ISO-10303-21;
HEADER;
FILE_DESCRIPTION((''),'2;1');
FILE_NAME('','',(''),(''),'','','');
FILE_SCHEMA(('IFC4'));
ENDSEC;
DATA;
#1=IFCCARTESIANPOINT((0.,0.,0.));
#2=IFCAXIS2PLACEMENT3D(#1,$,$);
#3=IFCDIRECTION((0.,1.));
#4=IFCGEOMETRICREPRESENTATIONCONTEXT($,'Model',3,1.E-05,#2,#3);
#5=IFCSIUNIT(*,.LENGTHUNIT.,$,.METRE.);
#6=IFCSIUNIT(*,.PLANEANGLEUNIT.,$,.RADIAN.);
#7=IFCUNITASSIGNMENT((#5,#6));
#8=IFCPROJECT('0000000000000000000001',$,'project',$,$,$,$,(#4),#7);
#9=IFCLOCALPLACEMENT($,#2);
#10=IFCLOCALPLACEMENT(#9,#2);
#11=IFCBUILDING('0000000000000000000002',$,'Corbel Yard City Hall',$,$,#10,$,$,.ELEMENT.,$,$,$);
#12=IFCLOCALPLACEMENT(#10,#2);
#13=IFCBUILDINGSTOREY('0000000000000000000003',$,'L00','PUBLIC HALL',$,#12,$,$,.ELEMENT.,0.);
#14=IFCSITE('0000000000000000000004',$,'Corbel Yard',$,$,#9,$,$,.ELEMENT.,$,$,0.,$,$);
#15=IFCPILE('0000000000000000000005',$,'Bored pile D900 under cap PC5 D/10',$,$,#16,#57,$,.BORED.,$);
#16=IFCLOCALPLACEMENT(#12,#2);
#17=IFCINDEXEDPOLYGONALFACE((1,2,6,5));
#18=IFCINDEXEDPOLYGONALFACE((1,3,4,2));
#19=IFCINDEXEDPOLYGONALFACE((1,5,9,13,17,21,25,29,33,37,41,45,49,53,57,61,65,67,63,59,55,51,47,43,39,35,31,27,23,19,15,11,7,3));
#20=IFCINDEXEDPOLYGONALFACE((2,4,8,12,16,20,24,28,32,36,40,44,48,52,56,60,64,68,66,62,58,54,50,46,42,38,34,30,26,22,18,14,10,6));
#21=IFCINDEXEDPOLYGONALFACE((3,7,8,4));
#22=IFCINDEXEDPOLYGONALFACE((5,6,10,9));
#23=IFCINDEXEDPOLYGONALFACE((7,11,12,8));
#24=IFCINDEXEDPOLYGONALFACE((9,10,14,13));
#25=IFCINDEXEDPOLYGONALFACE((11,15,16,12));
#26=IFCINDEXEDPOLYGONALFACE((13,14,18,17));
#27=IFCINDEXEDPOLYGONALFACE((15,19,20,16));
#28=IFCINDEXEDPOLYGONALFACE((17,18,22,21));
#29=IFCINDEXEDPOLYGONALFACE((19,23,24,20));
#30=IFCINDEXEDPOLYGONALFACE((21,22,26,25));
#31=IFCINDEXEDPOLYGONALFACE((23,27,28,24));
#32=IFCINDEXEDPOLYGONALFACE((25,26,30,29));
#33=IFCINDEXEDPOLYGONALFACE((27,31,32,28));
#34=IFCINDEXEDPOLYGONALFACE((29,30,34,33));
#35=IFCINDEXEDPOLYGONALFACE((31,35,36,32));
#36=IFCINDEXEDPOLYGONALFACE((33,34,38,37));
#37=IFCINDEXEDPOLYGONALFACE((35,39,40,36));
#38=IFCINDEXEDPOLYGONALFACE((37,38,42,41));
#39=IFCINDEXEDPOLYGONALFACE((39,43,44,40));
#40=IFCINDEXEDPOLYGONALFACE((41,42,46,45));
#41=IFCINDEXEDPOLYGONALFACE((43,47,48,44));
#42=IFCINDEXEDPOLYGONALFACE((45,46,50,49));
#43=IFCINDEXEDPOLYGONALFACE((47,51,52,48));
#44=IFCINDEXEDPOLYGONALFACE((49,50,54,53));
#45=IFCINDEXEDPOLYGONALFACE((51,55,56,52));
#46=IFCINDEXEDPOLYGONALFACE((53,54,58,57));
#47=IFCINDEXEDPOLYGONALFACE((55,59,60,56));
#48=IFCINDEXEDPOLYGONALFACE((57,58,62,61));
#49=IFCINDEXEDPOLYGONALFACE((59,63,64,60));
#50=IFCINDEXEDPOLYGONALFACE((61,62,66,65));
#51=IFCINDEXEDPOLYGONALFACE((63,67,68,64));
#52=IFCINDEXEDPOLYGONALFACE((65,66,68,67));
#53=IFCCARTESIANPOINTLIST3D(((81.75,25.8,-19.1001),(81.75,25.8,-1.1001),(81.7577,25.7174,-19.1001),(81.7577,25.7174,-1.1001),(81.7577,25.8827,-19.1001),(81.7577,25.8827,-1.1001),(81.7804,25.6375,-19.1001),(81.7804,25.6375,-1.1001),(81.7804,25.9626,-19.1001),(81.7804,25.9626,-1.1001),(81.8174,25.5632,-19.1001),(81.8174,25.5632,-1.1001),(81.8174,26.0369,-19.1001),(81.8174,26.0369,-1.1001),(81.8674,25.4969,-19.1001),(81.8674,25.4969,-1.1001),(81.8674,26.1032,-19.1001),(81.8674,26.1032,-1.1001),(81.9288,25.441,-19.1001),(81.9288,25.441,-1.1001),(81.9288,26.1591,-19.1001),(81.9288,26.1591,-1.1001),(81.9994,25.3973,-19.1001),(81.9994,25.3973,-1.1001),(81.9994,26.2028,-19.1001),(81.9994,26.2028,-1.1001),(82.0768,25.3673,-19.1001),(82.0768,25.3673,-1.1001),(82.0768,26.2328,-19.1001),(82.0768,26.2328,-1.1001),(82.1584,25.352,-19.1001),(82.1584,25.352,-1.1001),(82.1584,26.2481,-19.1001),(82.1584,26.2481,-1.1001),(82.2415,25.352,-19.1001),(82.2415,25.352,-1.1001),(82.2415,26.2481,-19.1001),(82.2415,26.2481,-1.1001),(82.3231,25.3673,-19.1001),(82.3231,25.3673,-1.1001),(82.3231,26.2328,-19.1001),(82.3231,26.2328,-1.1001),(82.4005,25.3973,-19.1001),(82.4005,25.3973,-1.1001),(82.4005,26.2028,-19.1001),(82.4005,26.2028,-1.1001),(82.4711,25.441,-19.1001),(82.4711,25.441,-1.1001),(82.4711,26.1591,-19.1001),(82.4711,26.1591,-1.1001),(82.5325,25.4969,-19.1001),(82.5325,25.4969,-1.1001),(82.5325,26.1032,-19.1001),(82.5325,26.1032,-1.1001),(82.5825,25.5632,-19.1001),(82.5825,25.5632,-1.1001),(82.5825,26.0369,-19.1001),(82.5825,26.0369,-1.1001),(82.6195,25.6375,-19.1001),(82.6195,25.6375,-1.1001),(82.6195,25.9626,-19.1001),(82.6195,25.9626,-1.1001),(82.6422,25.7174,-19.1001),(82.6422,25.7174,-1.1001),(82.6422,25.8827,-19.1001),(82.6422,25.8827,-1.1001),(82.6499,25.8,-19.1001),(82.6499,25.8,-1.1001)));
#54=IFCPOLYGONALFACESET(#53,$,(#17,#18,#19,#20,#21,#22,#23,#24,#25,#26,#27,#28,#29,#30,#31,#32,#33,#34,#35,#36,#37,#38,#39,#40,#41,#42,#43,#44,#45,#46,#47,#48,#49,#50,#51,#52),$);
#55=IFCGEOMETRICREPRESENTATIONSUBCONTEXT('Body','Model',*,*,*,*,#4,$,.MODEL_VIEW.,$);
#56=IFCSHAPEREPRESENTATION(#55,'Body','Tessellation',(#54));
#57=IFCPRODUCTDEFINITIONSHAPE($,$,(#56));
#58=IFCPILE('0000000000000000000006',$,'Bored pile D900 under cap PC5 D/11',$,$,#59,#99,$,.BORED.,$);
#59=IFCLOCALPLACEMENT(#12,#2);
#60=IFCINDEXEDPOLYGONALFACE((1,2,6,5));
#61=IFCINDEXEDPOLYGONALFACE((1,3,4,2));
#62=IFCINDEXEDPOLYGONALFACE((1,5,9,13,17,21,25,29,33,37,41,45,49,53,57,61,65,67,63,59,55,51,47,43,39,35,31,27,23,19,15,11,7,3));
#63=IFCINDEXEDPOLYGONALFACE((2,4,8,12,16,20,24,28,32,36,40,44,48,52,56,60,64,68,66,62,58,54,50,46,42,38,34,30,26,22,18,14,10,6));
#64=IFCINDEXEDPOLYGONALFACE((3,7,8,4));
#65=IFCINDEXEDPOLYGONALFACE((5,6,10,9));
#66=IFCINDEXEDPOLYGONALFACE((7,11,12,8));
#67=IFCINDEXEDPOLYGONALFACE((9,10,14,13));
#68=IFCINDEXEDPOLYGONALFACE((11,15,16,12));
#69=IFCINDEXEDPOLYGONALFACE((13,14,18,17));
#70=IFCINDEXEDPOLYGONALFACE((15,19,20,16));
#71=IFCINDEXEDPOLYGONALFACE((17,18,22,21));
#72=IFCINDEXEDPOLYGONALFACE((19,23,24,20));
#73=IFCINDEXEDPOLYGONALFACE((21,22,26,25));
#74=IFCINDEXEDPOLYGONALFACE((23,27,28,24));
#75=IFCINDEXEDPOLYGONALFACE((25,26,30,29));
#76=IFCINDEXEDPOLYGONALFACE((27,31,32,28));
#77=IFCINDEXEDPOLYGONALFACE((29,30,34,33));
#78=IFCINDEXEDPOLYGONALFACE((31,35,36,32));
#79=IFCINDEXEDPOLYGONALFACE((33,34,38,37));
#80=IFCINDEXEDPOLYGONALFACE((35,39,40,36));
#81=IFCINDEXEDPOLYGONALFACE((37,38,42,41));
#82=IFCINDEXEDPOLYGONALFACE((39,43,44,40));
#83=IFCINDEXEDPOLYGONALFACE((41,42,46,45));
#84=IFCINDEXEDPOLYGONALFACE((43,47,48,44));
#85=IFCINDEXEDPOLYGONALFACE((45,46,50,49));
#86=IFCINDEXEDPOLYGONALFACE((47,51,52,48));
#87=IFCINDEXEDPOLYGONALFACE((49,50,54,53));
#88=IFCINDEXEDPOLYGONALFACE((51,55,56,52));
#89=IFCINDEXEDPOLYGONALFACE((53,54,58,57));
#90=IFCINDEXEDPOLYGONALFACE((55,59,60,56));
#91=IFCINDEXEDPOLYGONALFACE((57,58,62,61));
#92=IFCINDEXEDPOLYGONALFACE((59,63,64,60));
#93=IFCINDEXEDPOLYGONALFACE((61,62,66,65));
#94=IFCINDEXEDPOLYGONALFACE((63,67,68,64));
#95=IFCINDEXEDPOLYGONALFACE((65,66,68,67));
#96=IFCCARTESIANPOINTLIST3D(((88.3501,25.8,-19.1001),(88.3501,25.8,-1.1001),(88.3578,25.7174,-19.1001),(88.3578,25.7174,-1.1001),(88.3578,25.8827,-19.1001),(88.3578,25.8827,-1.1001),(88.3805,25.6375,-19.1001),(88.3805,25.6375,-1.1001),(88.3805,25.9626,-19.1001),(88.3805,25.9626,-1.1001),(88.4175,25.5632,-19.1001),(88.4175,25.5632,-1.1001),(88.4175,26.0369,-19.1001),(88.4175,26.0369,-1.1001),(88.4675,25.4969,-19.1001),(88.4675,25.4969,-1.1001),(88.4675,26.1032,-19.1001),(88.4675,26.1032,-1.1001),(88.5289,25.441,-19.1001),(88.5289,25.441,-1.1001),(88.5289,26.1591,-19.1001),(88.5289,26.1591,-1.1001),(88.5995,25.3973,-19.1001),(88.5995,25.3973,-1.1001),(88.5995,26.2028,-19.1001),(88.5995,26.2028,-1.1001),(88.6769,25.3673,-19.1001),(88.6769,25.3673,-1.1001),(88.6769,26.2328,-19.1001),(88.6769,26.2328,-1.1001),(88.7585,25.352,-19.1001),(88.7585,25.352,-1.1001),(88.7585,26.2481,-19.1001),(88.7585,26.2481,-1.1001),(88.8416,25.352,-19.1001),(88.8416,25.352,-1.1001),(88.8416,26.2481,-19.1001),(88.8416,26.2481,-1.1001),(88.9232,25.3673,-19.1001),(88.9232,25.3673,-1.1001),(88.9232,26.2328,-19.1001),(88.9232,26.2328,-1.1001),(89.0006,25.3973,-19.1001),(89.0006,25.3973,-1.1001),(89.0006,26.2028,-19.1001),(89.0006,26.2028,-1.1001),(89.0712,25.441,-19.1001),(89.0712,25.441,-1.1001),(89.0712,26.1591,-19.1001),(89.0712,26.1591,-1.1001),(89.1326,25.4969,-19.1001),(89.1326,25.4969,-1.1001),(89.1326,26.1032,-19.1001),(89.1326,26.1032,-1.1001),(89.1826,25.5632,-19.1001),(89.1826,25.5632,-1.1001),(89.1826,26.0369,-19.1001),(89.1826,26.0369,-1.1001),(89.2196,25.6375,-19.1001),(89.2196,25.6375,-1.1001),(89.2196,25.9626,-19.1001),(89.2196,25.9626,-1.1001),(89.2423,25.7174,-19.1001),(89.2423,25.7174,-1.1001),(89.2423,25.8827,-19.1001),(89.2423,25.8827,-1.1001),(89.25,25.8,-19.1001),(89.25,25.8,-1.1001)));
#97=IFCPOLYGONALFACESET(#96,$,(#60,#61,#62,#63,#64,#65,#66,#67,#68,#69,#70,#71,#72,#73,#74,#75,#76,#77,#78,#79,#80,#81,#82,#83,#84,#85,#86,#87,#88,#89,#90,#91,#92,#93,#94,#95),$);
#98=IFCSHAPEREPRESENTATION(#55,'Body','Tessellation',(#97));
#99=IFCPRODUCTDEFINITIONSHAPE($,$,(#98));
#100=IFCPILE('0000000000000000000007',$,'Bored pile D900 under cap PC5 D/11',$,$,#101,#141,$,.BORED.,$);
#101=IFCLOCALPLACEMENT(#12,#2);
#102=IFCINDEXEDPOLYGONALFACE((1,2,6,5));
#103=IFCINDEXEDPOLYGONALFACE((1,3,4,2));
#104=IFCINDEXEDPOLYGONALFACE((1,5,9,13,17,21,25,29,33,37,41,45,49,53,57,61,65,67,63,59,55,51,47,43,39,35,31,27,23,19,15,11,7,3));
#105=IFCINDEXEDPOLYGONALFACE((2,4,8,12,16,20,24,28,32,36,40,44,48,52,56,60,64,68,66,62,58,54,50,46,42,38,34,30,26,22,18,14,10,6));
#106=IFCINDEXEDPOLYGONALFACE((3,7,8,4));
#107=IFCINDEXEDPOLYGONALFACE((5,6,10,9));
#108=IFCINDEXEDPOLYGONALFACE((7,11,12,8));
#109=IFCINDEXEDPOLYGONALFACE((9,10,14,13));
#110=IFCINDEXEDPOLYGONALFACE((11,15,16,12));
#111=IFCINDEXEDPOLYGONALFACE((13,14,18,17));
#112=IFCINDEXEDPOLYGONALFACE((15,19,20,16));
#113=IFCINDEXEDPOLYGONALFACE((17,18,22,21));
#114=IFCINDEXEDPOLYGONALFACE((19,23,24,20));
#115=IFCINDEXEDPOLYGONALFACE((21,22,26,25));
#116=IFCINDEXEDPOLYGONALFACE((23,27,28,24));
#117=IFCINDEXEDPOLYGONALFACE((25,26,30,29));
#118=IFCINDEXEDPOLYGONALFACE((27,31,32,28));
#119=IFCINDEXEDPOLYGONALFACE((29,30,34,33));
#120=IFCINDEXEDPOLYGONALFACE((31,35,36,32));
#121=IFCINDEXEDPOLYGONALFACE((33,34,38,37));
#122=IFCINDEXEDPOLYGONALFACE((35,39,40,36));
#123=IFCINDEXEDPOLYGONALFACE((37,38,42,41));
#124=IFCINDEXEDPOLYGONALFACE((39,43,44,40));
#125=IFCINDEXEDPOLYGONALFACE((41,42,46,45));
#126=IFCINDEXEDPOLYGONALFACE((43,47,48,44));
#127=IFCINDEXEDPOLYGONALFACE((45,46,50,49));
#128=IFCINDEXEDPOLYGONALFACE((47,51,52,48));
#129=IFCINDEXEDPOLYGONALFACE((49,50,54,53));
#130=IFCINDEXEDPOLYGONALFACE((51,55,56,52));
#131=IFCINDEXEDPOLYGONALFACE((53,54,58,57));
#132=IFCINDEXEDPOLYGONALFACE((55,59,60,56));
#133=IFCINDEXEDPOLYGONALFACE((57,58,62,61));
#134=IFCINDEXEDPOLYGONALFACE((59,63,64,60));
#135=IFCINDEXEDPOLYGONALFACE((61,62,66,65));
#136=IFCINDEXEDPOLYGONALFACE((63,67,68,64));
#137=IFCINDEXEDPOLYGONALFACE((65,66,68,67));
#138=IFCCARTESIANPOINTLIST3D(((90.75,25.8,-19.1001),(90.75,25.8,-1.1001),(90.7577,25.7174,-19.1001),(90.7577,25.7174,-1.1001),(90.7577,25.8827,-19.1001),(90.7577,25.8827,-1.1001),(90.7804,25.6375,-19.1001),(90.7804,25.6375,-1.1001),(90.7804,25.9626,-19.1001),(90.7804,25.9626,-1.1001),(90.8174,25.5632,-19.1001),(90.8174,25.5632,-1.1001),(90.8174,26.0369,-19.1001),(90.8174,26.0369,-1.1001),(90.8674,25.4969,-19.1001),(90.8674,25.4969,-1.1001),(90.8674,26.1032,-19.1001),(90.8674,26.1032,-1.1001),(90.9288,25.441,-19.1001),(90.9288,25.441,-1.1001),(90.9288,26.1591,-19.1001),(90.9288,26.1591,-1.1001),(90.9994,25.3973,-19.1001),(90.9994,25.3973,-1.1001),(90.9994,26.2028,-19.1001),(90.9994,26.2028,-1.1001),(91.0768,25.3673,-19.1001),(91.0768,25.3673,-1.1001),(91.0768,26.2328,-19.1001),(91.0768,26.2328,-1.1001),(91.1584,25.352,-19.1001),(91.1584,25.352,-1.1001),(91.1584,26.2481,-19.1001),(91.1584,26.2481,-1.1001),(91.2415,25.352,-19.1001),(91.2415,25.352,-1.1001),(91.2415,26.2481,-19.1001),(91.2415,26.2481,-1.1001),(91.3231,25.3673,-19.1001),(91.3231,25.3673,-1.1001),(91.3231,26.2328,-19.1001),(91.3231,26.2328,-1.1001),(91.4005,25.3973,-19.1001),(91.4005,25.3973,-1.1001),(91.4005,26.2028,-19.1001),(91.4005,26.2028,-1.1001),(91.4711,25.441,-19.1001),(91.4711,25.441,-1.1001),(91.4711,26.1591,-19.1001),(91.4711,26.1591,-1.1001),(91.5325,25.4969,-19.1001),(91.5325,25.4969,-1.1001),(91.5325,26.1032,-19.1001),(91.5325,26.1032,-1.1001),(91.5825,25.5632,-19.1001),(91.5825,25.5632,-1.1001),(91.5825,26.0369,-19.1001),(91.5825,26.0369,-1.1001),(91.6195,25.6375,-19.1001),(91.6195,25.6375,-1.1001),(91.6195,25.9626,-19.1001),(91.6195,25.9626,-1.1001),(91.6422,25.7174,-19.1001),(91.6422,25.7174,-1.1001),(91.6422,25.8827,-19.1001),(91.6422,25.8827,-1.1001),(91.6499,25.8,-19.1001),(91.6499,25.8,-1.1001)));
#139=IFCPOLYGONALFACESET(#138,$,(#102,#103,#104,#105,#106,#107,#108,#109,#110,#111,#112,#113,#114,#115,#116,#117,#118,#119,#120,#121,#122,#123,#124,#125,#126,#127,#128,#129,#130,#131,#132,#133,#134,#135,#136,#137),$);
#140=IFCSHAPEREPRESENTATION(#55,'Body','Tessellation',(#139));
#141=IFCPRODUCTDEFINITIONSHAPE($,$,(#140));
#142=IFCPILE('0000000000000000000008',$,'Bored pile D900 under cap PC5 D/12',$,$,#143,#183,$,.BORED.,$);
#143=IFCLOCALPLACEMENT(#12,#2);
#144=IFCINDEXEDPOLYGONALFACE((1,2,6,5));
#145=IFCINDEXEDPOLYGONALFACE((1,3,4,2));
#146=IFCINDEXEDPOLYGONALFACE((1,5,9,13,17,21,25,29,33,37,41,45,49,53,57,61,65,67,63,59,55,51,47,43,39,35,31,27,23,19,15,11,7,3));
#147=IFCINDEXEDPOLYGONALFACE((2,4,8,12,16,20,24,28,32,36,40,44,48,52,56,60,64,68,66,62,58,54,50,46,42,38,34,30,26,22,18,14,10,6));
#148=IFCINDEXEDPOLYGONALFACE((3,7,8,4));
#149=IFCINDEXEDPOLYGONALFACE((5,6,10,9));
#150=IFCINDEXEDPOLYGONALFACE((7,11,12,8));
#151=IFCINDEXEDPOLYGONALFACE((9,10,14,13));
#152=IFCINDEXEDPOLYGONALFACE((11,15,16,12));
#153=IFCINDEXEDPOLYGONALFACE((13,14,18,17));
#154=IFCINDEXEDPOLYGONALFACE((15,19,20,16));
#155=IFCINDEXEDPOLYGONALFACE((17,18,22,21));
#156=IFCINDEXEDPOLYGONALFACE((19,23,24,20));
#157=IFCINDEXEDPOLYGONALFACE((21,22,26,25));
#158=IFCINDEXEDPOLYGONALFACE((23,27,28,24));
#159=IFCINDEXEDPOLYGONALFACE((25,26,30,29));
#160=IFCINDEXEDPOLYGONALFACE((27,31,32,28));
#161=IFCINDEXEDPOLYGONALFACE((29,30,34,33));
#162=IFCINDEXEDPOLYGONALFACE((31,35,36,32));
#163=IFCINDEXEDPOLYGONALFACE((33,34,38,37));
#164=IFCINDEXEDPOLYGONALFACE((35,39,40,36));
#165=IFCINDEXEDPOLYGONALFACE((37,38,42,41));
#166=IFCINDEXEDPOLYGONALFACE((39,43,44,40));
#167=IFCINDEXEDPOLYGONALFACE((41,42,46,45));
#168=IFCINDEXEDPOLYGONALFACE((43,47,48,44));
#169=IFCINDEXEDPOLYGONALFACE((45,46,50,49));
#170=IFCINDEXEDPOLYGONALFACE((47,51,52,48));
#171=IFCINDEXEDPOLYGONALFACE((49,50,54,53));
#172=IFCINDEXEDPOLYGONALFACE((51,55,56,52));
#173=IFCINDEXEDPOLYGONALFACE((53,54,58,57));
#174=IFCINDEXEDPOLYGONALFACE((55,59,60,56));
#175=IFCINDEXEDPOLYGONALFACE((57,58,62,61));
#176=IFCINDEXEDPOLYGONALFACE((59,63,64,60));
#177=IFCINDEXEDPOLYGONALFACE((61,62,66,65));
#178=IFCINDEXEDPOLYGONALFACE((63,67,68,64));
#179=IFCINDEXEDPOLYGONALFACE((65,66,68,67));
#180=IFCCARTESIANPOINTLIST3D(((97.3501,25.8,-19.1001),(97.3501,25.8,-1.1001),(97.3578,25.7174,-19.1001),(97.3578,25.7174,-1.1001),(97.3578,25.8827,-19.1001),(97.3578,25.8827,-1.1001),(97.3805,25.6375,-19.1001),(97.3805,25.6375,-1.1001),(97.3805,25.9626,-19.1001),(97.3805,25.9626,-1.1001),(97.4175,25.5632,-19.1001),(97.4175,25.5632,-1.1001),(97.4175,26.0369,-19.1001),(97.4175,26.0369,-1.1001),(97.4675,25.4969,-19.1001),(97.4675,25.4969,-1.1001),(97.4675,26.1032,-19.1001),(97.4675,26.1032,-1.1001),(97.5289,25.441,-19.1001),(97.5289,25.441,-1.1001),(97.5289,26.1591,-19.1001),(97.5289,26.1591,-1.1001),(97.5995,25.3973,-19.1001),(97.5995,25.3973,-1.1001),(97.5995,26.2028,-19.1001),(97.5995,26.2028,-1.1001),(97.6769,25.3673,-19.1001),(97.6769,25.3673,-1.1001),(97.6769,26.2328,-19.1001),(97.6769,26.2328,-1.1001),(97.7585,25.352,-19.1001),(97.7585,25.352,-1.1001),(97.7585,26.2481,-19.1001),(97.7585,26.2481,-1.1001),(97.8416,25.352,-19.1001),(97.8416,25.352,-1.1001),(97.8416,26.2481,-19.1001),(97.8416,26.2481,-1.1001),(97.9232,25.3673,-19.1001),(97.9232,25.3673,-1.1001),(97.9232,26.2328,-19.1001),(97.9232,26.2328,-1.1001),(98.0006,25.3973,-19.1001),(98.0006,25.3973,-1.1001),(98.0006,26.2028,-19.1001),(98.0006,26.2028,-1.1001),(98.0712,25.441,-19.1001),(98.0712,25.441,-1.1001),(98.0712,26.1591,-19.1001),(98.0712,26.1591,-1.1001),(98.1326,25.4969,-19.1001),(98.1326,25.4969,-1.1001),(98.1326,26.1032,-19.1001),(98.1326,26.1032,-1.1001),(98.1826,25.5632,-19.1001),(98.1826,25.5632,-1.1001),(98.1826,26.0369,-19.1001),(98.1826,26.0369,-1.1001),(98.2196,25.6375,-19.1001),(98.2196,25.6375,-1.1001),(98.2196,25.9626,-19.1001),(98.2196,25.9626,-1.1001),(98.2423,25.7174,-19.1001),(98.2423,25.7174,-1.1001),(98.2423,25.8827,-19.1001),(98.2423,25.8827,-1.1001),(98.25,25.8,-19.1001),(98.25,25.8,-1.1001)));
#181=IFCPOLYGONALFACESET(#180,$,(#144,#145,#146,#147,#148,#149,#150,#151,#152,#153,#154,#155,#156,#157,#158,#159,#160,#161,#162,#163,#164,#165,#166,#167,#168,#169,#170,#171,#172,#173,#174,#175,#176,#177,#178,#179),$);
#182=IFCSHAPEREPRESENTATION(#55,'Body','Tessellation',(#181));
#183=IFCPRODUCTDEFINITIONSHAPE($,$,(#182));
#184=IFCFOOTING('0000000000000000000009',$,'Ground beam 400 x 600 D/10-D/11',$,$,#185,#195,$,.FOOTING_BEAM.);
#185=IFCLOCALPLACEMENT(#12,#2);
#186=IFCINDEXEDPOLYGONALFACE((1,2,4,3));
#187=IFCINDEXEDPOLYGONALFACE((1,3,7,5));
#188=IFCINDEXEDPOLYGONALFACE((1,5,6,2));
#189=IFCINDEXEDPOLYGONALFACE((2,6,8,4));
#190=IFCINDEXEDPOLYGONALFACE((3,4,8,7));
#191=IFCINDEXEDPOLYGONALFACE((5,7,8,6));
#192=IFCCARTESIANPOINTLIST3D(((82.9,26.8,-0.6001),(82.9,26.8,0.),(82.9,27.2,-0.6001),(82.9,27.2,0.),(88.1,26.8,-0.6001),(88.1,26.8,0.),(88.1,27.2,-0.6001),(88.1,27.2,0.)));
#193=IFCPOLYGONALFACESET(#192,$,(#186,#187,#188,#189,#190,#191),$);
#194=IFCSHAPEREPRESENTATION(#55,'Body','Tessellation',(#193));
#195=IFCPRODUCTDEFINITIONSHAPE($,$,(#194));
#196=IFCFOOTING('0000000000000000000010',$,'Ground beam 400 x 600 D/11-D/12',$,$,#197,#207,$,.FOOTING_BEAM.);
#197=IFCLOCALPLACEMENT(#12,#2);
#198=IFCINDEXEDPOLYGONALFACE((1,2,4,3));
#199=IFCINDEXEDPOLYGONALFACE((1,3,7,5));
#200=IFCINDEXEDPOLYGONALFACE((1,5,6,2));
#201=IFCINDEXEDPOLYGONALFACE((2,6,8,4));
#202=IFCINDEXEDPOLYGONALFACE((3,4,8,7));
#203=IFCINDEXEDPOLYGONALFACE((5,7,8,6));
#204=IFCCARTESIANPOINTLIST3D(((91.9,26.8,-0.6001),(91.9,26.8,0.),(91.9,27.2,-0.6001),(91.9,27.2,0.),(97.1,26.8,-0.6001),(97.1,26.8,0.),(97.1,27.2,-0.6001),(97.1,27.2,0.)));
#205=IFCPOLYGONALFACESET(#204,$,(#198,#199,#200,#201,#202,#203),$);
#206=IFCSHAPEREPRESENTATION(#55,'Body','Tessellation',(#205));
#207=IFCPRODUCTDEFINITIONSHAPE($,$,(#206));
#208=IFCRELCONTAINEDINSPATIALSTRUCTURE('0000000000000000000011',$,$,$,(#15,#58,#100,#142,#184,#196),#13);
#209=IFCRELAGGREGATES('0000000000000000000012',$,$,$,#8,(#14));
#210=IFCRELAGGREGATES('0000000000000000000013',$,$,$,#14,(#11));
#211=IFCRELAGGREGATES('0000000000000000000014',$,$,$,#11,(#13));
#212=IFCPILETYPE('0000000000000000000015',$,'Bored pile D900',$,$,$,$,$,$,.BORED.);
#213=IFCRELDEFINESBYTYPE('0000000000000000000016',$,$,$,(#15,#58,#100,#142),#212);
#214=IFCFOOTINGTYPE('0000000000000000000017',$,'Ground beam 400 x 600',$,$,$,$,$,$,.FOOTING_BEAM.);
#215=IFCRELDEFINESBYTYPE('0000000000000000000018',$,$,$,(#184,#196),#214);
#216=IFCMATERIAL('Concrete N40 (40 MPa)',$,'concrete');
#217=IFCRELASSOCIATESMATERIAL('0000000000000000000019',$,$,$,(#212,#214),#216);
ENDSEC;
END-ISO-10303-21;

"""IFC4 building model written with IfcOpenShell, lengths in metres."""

from ifc_helpers import new_model, si_unit, direction, frame, origin, origin_2d, place, context, subcontext, project, spatial, rectangle, circle, extrude, material, material_profile, profile_set, type_object, element, save


model = new_model("IFC4")

# Units and contexts
model_context = context("Model", 3, precision=1e-05, world=origin(), true_north=direction((0.0, 1.0)))
body_context = subcontext(model_context, "Body", "Model", "MODEL_VIEW")
ifc_project = project(units=[si_unit("LENGTHUNIT", "METRE"), si_unit("PLANEANGLEUNIT", "RADIAN")], contexts=[model_context])

# Site, building, storey
site_placement = place(None, origin())
site = spatial("IfcSite", under=ifc_project, at=site_placement, Name="Corbel Yard", CompositionType="ELEMENT", RefElevation=0.0)
building_placement = place(site_placement, origin())
building = spatial("IfcBuilding", under=site, at=building_placement, Name="Corbel Yard City Hall", CompositionType="ELEMENT")
storey_placement = place(building_placement, origin())
storey = spatial("IfcBuildingStorey", under=building, at=storey_placement, Name="L00", Description="PUBLIC HALL", CompositionType="ELEMENT", Elevation=0.0)

# Piles
ifc_material_1 = material(Name="Concrete N40 (40 MPa)", Category="concrete")
ifc_material_profile_1 = material_profile(ifc_material_1, circle(Radius=0.45, at=origin_2d()), Name="D900")
ifc_profile_set_1 = profile_set([ifc_material_profile_1], Name="Concrete N40 (40 MPa)")
pile_type = type_object("IfcPileType", Name="Bored pile D900", PredefinedType="BORED", material=ifc_profile_set_1)
for number, where, z_axis, x_axis, name in (
    (1, (82.2, 25.8, -1.1001), (0.0, 0.0, -1.0), (1.0, 0.0, 0.0), "Bored pile D900 under cap PC5 D/10"),
    (2, (88.8, 25.8, -1.1001), (0.0, 0.0, -1.0), (1.0, 0.0, 0.0), "Bored pile D900 under cap PC5 D/11"),
    (3, (91.2, 25.8, -1.1001), (0.0, 0.0, -1.0), (1.0, 0.0, 0.0), "Bored pile D900 under cap PC5 D/11"),
    (4, (97.8, 25.8, -1.1001), (0.0, 0.0, -1.0), (1.0, 0.0, 0.0), "Bored pile D900 under cap PC5 D/12"),
):
    element("IfcPile", number, at=place(storey_placement, frame(where, z_axis=z_axis, x_axis=x_axis)), inside=storey, type_object=pile_type, Name=name, PredefinedType="BORED", context=body_context, shape_type="SweptSolid", body=[
        extrude(circle(Radius=0.45, at=origin_2d()), origin(), (0.0, 0.0, 1.0), 18.0),
    ])

# Footings
footing_type_1 = type_object("IfcFootingType", Name="Ground beam 400 x 600", PredefinedType="FOOTING_BEAM", material=ifc_material_1)
for number, where, z_axis, x_axis, name in (
    (5, (85.5, 27.0, -0.6001), (0.0, 0.0, 1.0), (1.0, 0.0, 0.0), "Ground beam 400 x 600 D/10-D/11"),
    (6, (94.5, 27.0, -0.6001), (0.0, 0.0, 1.0), (1.0, 0.0, 0.0), "Ground beam 400 x 600 D/11-D/12"),
):
    element("IfcFooting", number, at=place(storey_placement, frame(where, z_axis=z_axis, x_axis=x_axis)), inside=storey, type_object=footing_type_1, Name=name, PredefinedType="FOOTING_BEAM", context=body_context, shape_type="SweptSolid", body=[
        extrude(rectangle(XDim=5.2, YDim=0.3999, at=origin_2d()), origin(), (0.0, 0.0, 1.0), 0.6001),
    ])

save(model, "model.ifc")
